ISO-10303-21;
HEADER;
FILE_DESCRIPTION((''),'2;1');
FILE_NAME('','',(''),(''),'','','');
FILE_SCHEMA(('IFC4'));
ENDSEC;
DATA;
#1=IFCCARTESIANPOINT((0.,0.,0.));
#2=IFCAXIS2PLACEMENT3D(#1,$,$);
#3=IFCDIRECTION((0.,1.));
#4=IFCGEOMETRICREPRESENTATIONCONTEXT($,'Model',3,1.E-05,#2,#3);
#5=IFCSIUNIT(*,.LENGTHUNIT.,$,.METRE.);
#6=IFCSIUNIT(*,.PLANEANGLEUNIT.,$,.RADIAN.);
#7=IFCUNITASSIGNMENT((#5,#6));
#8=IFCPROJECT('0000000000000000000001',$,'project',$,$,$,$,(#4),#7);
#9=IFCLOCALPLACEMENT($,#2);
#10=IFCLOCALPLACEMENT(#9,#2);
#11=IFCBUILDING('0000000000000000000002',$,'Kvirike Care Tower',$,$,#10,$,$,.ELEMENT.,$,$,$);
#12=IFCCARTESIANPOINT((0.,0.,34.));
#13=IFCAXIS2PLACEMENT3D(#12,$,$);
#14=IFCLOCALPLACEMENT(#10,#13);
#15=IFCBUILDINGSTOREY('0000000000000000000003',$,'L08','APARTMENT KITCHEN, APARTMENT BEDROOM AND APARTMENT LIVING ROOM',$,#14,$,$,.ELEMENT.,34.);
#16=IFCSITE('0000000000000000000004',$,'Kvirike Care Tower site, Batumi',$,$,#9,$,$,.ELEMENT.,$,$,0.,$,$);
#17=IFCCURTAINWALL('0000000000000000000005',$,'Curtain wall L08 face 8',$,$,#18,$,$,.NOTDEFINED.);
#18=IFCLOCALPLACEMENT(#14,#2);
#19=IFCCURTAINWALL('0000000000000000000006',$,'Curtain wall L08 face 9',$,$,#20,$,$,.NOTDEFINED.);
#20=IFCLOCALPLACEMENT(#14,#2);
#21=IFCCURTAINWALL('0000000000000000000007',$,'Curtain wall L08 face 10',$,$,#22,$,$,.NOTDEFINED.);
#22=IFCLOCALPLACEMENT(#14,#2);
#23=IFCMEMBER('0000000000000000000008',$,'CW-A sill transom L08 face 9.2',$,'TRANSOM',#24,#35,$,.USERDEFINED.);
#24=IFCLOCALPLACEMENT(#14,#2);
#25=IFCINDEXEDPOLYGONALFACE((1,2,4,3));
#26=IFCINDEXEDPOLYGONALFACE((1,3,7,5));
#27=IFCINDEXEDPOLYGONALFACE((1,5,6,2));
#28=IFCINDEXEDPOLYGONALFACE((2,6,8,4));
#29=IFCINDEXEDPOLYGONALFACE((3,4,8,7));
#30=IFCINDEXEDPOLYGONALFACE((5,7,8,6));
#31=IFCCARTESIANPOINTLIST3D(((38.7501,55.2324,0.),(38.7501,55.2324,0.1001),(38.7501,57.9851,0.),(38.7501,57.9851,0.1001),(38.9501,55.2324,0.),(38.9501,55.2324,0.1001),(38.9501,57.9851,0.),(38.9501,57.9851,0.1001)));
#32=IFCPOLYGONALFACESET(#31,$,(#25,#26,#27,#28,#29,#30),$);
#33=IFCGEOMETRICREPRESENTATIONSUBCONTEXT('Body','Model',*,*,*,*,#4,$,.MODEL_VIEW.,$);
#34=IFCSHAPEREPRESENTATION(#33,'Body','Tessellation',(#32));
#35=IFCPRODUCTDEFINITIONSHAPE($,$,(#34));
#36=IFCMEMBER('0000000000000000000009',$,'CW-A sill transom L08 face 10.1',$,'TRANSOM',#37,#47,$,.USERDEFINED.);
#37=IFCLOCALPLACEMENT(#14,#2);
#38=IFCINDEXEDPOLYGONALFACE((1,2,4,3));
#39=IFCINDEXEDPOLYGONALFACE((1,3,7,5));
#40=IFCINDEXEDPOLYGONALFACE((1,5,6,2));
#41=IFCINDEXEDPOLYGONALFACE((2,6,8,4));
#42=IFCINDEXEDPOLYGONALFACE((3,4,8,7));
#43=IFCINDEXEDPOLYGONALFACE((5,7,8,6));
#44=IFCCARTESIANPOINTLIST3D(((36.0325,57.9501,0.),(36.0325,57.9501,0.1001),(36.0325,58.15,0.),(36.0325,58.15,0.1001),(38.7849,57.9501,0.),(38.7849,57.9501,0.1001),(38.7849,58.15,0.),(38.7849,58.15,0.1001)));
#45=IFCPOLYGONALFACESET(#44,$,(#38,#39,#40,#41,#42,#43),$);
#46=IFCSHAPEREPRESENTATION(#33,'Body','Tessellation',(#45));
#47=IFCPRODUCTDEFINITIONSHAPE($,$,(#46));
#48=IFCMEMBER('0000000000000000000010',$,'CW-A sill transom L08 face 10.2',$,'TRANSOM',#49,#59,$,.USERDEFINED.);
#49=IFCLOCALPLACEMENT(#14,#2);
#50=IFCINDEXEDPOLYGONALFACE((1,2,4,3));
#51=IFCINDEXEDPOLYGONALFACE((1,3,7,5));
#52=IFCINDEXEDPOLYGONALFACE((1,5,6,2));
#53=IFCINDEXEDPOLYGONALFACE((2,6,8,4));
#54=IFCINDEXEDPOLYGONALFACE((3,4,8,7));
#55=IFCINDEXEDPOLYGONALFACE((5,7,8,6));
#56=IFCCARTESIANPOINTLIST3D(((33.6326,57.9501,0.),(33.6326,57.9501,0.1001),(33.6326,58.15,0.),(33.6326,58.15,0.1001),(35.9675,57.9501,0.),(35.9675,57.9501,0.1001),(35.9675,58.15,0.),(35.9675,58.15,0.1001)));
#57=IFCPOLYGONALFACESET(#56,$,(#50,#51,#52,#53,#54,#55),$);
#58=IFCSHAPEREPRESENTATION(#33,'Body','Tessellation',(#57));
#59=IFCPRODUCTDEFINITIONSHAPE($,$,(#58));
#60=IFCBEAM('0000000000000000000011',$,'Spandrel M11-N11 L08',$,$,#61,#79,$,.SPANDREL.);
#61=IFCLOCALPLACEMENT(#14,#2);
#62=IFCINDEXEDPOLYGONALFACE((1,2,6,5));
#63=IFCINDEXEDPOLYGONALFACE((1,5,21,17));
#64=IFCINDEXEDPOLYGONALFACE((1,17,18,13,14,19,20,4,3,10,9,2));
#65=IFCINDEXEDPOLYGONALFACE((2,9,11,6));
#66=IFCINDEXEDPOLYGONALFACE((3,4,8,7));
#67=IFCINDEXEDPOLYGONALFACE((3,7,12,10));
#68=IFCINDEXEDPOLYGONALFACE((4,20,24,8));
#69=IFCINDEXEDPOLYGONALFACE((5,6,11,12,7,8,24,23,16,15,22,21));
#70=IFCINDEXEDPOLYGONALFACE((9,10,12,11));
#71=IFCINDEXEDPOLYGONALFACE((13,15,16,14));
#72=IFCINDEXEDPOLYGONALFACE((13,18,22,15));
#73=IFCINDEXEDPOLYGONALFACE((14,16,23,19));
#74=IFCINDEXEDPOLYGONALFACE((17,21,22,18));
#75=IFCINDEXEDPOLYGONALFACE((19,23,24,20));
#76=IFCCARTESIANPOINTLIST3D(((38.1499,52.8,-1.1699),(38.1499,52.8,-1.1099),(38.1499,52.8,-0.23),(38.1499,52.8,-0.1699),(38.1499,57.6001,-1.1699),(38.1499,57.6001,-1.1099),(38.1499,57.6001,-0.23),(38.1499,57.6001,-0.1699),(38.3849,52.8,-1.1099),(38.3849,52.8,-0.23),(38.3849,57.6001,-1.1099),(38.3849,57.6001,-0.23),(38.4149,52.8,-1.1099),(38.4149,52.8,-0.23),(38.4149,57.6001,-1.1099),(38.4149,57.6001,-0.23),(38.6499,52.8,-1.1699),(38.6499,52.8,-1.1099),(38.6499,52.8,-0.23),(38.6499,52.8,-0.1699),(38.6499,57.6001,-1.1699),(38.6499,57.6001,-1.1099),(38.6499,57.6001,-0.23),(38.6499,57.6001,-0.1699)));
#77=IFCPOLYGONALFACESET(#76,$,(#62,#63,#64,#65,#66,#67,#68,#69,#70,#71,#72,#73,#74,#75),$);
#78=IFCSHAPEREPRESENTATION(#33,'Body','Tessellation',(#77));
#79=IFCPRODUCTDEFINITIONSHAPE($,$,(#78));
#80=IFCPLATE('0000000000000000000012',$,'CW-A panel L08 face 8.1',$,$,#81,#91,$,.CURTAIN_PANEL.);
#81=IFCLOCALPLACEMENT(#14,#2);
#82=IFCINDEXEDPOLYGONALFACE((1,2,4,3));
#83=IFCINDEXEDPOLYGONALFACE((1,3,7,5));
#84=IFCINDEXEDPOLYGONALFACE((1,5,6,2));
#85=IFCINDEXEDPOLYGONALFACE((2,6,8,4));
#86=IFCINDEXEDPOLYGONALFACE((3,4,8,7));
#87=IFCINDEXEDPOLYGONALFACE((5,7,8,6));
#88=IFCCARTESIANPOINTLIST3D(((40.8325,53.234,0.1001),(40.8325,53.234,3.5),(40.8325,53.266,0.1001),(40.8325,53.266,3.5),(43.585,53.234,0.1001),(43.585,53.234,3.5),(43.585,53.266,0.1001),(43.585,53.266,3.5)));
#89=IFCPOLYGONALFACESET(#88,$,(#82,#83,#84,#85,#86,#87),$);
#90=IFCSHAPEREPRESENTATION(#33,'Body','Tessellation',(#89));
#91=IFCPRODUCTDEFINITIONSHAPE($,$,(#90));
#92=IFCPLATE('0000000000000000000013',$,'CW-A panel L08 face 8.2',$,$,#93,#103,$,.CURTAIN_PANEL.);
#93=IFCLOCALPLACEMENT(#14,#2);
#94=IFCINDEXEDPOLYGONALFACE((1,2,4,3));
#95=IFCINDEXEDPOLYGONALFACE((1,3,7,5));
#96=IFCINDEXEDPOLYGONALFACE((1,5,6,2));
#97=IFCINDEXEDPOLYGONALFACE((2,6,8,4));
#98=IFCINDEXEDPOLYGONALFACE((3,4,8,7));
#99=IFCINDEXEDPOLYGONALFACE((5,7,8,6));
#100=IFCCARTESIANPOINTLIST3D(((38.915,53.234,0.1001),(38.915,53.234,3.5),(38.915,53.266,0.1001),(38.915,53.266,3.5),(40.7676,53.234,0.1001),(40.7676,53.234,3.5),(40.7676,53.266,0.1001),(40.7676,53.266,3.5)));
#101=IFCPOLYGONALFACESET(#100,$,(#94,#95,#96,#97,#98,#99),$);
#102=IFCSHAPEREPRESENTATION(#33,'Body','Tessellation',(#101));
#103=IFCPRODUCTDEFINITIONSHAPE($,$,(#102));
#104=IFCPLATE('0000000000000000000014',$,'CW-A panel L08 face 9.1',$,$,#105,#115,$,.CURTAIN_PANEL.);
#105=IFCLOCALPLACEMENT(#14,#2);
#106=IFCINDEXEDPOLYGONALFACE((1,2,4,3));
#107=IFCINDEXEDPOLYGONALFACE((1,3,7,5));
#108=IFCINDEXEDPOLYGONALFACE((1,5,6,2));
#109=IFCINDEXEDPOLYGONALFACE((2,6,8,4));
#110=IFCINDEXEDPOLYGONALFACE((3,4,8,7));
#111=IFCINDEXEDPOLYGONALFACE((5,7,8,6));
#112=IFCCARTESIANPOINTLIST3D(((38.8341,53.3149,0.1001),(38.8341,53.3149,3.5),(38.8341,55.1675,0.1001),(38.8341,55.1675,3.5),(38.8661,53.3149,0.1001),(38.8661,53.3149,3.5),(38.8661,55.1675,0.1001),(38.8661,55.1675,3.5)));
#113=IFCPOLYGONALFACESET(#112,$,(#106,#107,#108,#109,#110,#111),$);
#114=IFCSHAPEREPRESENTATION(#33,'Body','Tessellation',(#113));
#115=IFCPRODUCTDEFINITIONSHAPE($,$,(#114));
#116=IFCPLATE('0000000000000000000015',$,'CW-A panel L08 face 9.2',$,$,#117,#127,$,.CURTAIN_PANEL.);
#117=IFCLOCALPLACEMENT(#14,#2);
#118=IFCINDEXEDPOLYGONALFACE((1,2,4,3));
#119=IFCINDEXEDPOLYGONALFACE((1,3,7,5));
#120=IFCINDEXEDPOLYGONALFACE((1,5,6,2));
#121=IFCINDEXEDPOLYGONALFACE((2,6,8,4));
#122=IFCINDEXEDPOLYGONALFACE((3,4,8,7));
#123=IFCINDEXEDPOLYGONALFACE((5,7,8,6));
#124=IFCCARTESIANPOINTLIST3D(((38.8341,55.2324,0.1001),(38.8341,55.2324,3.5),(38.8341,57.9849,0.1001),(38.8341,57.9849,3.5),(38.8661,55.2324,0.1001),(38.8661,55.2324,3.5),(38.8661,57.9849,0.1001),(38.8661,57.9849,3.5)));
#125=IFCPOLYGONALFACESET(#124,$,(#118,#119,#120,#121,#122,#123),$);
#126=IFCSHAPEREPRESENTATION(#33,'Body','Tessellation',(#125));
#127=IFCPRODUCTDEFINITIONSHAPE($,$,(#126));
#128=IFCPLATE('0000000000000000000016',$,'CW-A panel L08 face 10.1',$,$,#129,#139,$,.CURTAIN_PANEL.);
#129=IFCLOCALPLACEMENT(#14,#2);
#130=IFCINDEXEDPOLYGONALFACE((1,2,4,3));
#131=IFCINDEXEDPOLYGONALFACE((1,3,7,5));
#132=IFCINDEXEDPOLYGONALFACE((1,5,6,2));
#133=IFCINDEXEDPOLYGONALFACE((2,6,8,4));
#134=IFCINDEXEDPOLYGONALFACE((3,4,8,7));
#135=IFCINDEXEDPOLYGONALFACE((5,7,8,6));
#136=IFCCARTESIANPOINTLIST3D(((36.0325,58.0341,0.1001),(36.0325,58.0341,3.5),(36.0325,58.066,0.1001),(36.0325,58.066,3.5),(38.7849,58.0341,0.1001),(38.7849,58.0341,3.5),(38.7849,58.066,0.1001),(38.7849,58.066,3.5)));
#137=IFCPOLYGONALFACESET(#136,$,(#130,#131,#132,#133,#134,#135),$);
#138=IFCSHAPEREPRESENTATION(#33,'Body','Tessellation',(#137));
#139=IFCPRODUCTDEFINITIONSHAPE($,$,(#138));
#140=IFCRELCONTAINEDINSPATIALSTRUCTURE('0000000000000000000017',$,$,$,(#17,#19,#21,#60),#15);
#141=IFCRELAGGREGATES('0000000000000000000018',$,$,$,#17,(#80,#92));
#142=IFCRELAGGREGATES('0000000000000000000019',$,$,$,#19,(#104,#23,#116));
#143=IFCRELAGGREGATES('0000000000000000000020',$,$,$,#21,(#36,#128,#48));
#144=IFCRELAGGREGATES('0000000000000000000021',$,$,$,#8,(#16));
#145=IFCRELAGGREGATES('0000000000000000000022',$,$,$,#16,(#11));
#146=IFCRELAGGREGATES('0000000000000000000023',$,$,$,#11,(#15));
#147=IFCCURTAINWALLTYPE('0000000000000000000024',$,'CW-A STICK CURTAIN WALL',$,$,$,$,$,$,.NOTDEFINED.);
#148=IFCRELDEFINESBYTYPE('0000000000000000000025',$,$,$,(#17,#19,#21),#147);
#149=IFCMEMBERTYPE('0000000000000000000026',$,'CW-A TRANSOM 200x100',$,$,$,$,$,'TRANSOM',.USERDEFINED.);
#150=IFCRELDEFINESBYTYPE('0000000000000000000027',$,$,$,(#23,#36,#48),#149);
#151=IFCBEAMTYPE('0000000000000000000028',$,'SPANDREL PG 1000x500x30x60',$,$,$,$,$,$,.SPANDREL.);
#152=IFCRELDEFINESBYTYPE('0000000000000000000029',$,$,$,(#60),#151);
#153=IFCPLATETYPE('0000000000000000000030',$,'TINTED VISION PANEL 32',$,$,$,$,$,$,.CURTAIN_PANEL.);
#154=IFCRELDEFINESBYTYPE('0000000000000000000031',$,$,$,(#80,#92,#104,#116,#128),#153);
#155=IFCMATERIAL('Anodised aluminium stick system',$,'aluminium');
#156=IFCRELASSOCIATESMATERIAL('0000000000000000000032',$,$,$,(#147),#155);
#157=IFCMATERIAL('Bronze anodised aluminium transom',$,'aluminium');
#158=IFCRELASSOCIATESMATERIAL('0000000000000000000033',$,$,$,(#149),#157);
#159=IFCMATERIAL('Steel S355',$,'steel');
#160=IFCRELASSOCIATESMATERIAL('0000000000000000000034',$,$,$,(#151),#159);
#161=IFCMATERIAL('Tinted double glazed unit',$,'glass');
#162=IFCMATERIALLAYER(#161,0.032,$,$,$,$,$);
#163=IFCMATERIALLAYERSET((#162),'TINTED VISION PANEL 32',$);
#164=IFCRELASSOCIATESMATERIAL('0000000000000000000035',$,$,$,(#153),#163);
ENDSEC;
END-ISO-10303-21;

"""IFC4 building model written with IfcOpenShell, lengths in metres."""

from ifc_helpers import new_model, si_unit, direction, frame, origin, origin_2d, place, context, subcontext, project, spatial, rectangle, i_section, extrude, material, layer, layer_set, material_profile, profile_set, type_object, element, aggregate, save


model = new_model("IFC4")

# Units and contexts
model_context = context("Model", 3, precision=1e-05, world=origin(), true_north=direction((0.0, 1.0)))
body_context = subcontext(model_context, "Body", "Model", "MODEL_VIEW")
ifc_project = project(units=[si_unit("LENGTHUNIT", "METRE"), si_unit("PLANEANGLEUNIT", "RADIAN")], contexts=[model_context])

# Site, building, storey
site_placement = place(None, origin())
site = spatial("IfcSite", under=ifc_project, at=site_placement, Name="Kvirike Care Tower site, Batumi", CompositionType="ELEMENT", RefElevation=0.0)
building_placement = place(site_placement, origin())
building = spatial("IfcBuilding", under=site, at=building_placement, Name="Kvirike Care Tower", CompositionType="ELEMENT")
storey_placement = place(building_placement, frame((0.0, 0.0, 34.0)))
storey = spatial("IfcBuildingStorey", under=building, at=storey_placement, Name="L08", Description="APARTMENT KITCHEN, APARTMENT BEDROOM AND APARTMENT LIVING ROOM", CompositionType="ELEMENT", Elevation=34.0)

# Shared definitions
ifc_material_1 = material(Name="Anodised aluminium stick system", Category="aluminium")
curtain_wall_type = type_object("IfcCurtainWallType", Name="CW-A STICK CURTAIN WALL", PredefinedType="NOTDEFINED", material=ifc_material_1)

# Curtain walls
curtain_wall_1_placement = place(storey_placement, origin())
curtain_wall_1 = element("IfcCurtainWall", 1, at=curtain_wall_1_placement, inside=storey, type_object=curtain_wall_type, Name="Curtain wall L08 face 8", PredefinedType="NOTDEFINED")
curtain_wall_2_placement = place(storey_placement, origin())
curtain_wall_2 = element("IfcCurtainWall", 2, at=curtain_wall_2_placement, inside=storey, type_object=curtain_wall_type, Name="Curtain wall L08 face 9", PredefinedType="NOTDEFINED")
curtain_wall_3_placement = place(storey_placement, origin())
curtain_wall_3 = element("IfcCurtainWall", 3, at=curtain_wall_3_placement, inside=storey, type_object=curtain_wall_type, Name="Curtain wall L08 face 10", PredefinedType="NOTDEFINED")

# Members
ifc_material_2 = material(Name="Bronze anodised aluminium transom", Category="aluminium")
ifc_material_profile_1 = material_profile(ifc_material_2, rectangle(XDim=0.2, YDim=0.1001, at=origin_2d()), Name="CW-A TRANSOM 200x100")
ifc_profile_set_1 = profile_set([ifc_material_profile_1], Name="Bronze anodised aluminium transom")
member_type_1 = type_object("IfcMemberType", Name="CW-A TRANSOM 200x100", ElementType="TRANSOM", PredefinedType="USERDEFINED", material=ifc_profile_set_1)
member_1_placement = place(storey_placement, frame((38.8501, 55.2324, 0.05), z_axis=(0.0, 1.0, 0.0), x_axis=(-1.0, 0.0, 0.0)))
member_1 = element("IfcMember", 4, at=member_1_placement, type_object=member_type_1, Name="CW-A sill transom L08 face 9.2", ObjectType="TRANSOM", PredefinedType="USERDEFINED", context=body_context, shape_type="SweptSolid", body=[
    extrude(rectangle(XDim=0.2, YDim=0.1001, at=origin_2d()), origin(), (0.0, 0.0, 1.0), 2.7527),
])
member_2_placement = place(storey_placement, frame((38.7849, 58.05, 0.05), z_axis=(-1.0, 0.0, 0.0), x_axis=(0.0, -1.0, 0.0)))
member_2 = element("IfcMember", 5, at=member_2_placement, type_object=member_type_1, Name="CW-A sill transom L08 face 10.1", ObjectType="TRANSOM", PredefinedType="USERDEFINED", context=body_context, shape_type="SweptSolid", body=[
    extrude(rectangle(XDim=0.2, YDim=0.1001, at=origin_2d()), origin(), (0.0, 0.0, 1.0), 2.7524),
])
member_3_placement = place(storey_placement, frame((35.9675, 58.05, 0.05), z_axis=(-1.0, 0.0, 0.0), x_axis=(0.0, -1.0, 0.0)))
member_3 = element("IfcMember", 6, at=member_3_placement, type_object=member_type_1, Name="CW-A sill transom L08 face 10.2", ObjectType="TRANSOM", PredefinedType="USERDEFINED", context=body_context, shape_type="SweptSolid", body=[
    extrude(rectangle(XDim=0.2, YDim=0.1001, at=origin_2d()), origin(), (0.0, 0.0, 1.0), 2.335),
])

# Beam
ifc_material_3 = material(Name="Steel S355", Category="steel")
ifc_material_profile_2 = material_profile(ifc_material_3, i_section(OverallWidth=0.5, OverallDepth=1.0, WebThickness=0.03, FlangeThickness=0.0601, at=origin_2d()), Name="PG 1000x500x30x60")
ifc_profile_set_2 = profile_set([ifc_material_profile_2], Name="Steel S355")
beam_type = type_object("IfcBeamType", Name="SPANDREL PG 1000x500x30x60", PredefinedType="SPANDREL", material=ifc_profile_set_2)
beam_placement = place(storey_placement, frame((38.3999, 52.8, -0.6699), z_axis=(0.0, 1.0, 0.0), x_axis=(-1.0, 0.0, 0.0)))
element("IfcBeam", 7, at=beam_placement, inside=storey, type_object=beam_type, Name="Spandrel M11-N11 L08", PredefinedType="SPANDREL", context=body_context, shape_type="SweptSolid", body=[
    extrude(i_section(OverallWidth=0.5, OverallDepth=1.0, WebThickness=0.03, FlangeThickness=0.0601, at=origin_2d()), origin(), (0.0, 0.0, 1.0), 4.8),
])

# Plates
ifc_material_4 = material(Name="Tinted double glazed unit", Category="glass")
ifc_layer = layer(ifc_material_4, 0.032)
ifc_layer_set = layer_set([ifc_layer], Name="TINTED VISION PANEL 32")
plate_type = type_object("IfcPlateType", Name="TINTED VISION PANEL 32", PredefinedType="CURTAIN_PANEL", material=ifc_layer_set)
plate_1_placement = place(storey_placement, frame((42.2087, 53.25, 0.1001), z_axis=(0.0, 0.0, 1.0), x_axis=(-1.0, 0.0, 0.0)))
plate_1 = element("IfcPlate", 8, at=plate_1_placement, type_object=plate_type, Name="CW-A panel L08 face 8.1", PredefinedType="CURTAIN_PANEL", context=body_context, shape_type="SweptSolid", body=[
    extrude(rectangle(XDim=2.7524, YDim=0.032, at=origin_2d()), origin(), (0.0, 0.0, 1.0), 3.3999),
])
plate_2_placement = place(storey_placement, frame((39.8413, 53.25, 0.1001), z_axis=(0.0, 0.0, 1.0), x_axis=(-1.0, 0.0, 0.0)))
plate_2 = element("IfcPlate", 9, at=plate_2_placement, type_object=plate_type, Name="CW-A panel L08 face 8.2", PredefinedType="CURTAIN_PANEL", context=body_context, shape_type="SweptSolid", body=[
    extrude(rectangle(XDim=1.8525, YDim=0.032, at=origin_2d()), origin(), (0.0, 0.0, 1.0), 3.3999),
])
aggregate(curtain_wall_1, [plate_1, plate_2])
plate_3_placement = place(storey_placement, frame((38.8501, 54.2412, 0.1001), z_axis=(0.0, 0.0, 1.0), x_axis=(0.0, 1.0, 0.0)))
plate_3 = element("IfcPlate", 10, at=plate_3_placement, type_object=plate_type, Name="CW-A panel L08 face 9.1", PredefinedType="CURTAIN_PANEL", context=body_context, shape_type="SweptSolid", body=[
    extrude(rectangle(XDim=1.8525, YDim=0.032, at=origin_2d()), origin(), (0.0, 0.0, 1.0), 3.3999),
])
plate_4_placement = place(storey_placement, frame((38.8501, 56.6086, 0.1001), z_axis=(0.0, 0.0, 1.0), x_axis=(0.0, 1.0, 0.0)))
plate_4 = element("IfcPlate", 11, at=plate_4_placement, type_object=plate_type, Name="CW-A panel L08 face 9.2", PredefinedType="CURTAIN_PANEL", context=body_context, shape_type="SweptSolid", body=[
    extrude(rectangle(XDim=2.7524, YDim=0.032, at=origin_2d()), origin(), (0.0, 0.0, 1.0), 3.3999),
])
aggregate(curtain_wall_2, [plate_3, member_1, plate_4])
plate_5_placement = place(storey_placement, frame((37.4087, 58.05, 0.1001), z_axis=(0.0, 0.0, 1.0), x_axis=(-1.0, 0.0, 0.0)))
plate_5 = element("IfcPlate", 12, at=plate_5_placement, type_object=plate_type, Name="CW-A panel L08 face 10.1", PredefinedType="CURTAIN_PANEL", context=body_context, shape_type="SweptSolid", body=[
    extrude(rectangle(XDim=2.7524, YDim=0.032, at=origin_2d()), origin(), (0.0, 0.0, 1.0), 3.3999),
])
aggregate(curtain_wall_3, [member_2, plate_5, member_3])

save(model, "model.ifc")
